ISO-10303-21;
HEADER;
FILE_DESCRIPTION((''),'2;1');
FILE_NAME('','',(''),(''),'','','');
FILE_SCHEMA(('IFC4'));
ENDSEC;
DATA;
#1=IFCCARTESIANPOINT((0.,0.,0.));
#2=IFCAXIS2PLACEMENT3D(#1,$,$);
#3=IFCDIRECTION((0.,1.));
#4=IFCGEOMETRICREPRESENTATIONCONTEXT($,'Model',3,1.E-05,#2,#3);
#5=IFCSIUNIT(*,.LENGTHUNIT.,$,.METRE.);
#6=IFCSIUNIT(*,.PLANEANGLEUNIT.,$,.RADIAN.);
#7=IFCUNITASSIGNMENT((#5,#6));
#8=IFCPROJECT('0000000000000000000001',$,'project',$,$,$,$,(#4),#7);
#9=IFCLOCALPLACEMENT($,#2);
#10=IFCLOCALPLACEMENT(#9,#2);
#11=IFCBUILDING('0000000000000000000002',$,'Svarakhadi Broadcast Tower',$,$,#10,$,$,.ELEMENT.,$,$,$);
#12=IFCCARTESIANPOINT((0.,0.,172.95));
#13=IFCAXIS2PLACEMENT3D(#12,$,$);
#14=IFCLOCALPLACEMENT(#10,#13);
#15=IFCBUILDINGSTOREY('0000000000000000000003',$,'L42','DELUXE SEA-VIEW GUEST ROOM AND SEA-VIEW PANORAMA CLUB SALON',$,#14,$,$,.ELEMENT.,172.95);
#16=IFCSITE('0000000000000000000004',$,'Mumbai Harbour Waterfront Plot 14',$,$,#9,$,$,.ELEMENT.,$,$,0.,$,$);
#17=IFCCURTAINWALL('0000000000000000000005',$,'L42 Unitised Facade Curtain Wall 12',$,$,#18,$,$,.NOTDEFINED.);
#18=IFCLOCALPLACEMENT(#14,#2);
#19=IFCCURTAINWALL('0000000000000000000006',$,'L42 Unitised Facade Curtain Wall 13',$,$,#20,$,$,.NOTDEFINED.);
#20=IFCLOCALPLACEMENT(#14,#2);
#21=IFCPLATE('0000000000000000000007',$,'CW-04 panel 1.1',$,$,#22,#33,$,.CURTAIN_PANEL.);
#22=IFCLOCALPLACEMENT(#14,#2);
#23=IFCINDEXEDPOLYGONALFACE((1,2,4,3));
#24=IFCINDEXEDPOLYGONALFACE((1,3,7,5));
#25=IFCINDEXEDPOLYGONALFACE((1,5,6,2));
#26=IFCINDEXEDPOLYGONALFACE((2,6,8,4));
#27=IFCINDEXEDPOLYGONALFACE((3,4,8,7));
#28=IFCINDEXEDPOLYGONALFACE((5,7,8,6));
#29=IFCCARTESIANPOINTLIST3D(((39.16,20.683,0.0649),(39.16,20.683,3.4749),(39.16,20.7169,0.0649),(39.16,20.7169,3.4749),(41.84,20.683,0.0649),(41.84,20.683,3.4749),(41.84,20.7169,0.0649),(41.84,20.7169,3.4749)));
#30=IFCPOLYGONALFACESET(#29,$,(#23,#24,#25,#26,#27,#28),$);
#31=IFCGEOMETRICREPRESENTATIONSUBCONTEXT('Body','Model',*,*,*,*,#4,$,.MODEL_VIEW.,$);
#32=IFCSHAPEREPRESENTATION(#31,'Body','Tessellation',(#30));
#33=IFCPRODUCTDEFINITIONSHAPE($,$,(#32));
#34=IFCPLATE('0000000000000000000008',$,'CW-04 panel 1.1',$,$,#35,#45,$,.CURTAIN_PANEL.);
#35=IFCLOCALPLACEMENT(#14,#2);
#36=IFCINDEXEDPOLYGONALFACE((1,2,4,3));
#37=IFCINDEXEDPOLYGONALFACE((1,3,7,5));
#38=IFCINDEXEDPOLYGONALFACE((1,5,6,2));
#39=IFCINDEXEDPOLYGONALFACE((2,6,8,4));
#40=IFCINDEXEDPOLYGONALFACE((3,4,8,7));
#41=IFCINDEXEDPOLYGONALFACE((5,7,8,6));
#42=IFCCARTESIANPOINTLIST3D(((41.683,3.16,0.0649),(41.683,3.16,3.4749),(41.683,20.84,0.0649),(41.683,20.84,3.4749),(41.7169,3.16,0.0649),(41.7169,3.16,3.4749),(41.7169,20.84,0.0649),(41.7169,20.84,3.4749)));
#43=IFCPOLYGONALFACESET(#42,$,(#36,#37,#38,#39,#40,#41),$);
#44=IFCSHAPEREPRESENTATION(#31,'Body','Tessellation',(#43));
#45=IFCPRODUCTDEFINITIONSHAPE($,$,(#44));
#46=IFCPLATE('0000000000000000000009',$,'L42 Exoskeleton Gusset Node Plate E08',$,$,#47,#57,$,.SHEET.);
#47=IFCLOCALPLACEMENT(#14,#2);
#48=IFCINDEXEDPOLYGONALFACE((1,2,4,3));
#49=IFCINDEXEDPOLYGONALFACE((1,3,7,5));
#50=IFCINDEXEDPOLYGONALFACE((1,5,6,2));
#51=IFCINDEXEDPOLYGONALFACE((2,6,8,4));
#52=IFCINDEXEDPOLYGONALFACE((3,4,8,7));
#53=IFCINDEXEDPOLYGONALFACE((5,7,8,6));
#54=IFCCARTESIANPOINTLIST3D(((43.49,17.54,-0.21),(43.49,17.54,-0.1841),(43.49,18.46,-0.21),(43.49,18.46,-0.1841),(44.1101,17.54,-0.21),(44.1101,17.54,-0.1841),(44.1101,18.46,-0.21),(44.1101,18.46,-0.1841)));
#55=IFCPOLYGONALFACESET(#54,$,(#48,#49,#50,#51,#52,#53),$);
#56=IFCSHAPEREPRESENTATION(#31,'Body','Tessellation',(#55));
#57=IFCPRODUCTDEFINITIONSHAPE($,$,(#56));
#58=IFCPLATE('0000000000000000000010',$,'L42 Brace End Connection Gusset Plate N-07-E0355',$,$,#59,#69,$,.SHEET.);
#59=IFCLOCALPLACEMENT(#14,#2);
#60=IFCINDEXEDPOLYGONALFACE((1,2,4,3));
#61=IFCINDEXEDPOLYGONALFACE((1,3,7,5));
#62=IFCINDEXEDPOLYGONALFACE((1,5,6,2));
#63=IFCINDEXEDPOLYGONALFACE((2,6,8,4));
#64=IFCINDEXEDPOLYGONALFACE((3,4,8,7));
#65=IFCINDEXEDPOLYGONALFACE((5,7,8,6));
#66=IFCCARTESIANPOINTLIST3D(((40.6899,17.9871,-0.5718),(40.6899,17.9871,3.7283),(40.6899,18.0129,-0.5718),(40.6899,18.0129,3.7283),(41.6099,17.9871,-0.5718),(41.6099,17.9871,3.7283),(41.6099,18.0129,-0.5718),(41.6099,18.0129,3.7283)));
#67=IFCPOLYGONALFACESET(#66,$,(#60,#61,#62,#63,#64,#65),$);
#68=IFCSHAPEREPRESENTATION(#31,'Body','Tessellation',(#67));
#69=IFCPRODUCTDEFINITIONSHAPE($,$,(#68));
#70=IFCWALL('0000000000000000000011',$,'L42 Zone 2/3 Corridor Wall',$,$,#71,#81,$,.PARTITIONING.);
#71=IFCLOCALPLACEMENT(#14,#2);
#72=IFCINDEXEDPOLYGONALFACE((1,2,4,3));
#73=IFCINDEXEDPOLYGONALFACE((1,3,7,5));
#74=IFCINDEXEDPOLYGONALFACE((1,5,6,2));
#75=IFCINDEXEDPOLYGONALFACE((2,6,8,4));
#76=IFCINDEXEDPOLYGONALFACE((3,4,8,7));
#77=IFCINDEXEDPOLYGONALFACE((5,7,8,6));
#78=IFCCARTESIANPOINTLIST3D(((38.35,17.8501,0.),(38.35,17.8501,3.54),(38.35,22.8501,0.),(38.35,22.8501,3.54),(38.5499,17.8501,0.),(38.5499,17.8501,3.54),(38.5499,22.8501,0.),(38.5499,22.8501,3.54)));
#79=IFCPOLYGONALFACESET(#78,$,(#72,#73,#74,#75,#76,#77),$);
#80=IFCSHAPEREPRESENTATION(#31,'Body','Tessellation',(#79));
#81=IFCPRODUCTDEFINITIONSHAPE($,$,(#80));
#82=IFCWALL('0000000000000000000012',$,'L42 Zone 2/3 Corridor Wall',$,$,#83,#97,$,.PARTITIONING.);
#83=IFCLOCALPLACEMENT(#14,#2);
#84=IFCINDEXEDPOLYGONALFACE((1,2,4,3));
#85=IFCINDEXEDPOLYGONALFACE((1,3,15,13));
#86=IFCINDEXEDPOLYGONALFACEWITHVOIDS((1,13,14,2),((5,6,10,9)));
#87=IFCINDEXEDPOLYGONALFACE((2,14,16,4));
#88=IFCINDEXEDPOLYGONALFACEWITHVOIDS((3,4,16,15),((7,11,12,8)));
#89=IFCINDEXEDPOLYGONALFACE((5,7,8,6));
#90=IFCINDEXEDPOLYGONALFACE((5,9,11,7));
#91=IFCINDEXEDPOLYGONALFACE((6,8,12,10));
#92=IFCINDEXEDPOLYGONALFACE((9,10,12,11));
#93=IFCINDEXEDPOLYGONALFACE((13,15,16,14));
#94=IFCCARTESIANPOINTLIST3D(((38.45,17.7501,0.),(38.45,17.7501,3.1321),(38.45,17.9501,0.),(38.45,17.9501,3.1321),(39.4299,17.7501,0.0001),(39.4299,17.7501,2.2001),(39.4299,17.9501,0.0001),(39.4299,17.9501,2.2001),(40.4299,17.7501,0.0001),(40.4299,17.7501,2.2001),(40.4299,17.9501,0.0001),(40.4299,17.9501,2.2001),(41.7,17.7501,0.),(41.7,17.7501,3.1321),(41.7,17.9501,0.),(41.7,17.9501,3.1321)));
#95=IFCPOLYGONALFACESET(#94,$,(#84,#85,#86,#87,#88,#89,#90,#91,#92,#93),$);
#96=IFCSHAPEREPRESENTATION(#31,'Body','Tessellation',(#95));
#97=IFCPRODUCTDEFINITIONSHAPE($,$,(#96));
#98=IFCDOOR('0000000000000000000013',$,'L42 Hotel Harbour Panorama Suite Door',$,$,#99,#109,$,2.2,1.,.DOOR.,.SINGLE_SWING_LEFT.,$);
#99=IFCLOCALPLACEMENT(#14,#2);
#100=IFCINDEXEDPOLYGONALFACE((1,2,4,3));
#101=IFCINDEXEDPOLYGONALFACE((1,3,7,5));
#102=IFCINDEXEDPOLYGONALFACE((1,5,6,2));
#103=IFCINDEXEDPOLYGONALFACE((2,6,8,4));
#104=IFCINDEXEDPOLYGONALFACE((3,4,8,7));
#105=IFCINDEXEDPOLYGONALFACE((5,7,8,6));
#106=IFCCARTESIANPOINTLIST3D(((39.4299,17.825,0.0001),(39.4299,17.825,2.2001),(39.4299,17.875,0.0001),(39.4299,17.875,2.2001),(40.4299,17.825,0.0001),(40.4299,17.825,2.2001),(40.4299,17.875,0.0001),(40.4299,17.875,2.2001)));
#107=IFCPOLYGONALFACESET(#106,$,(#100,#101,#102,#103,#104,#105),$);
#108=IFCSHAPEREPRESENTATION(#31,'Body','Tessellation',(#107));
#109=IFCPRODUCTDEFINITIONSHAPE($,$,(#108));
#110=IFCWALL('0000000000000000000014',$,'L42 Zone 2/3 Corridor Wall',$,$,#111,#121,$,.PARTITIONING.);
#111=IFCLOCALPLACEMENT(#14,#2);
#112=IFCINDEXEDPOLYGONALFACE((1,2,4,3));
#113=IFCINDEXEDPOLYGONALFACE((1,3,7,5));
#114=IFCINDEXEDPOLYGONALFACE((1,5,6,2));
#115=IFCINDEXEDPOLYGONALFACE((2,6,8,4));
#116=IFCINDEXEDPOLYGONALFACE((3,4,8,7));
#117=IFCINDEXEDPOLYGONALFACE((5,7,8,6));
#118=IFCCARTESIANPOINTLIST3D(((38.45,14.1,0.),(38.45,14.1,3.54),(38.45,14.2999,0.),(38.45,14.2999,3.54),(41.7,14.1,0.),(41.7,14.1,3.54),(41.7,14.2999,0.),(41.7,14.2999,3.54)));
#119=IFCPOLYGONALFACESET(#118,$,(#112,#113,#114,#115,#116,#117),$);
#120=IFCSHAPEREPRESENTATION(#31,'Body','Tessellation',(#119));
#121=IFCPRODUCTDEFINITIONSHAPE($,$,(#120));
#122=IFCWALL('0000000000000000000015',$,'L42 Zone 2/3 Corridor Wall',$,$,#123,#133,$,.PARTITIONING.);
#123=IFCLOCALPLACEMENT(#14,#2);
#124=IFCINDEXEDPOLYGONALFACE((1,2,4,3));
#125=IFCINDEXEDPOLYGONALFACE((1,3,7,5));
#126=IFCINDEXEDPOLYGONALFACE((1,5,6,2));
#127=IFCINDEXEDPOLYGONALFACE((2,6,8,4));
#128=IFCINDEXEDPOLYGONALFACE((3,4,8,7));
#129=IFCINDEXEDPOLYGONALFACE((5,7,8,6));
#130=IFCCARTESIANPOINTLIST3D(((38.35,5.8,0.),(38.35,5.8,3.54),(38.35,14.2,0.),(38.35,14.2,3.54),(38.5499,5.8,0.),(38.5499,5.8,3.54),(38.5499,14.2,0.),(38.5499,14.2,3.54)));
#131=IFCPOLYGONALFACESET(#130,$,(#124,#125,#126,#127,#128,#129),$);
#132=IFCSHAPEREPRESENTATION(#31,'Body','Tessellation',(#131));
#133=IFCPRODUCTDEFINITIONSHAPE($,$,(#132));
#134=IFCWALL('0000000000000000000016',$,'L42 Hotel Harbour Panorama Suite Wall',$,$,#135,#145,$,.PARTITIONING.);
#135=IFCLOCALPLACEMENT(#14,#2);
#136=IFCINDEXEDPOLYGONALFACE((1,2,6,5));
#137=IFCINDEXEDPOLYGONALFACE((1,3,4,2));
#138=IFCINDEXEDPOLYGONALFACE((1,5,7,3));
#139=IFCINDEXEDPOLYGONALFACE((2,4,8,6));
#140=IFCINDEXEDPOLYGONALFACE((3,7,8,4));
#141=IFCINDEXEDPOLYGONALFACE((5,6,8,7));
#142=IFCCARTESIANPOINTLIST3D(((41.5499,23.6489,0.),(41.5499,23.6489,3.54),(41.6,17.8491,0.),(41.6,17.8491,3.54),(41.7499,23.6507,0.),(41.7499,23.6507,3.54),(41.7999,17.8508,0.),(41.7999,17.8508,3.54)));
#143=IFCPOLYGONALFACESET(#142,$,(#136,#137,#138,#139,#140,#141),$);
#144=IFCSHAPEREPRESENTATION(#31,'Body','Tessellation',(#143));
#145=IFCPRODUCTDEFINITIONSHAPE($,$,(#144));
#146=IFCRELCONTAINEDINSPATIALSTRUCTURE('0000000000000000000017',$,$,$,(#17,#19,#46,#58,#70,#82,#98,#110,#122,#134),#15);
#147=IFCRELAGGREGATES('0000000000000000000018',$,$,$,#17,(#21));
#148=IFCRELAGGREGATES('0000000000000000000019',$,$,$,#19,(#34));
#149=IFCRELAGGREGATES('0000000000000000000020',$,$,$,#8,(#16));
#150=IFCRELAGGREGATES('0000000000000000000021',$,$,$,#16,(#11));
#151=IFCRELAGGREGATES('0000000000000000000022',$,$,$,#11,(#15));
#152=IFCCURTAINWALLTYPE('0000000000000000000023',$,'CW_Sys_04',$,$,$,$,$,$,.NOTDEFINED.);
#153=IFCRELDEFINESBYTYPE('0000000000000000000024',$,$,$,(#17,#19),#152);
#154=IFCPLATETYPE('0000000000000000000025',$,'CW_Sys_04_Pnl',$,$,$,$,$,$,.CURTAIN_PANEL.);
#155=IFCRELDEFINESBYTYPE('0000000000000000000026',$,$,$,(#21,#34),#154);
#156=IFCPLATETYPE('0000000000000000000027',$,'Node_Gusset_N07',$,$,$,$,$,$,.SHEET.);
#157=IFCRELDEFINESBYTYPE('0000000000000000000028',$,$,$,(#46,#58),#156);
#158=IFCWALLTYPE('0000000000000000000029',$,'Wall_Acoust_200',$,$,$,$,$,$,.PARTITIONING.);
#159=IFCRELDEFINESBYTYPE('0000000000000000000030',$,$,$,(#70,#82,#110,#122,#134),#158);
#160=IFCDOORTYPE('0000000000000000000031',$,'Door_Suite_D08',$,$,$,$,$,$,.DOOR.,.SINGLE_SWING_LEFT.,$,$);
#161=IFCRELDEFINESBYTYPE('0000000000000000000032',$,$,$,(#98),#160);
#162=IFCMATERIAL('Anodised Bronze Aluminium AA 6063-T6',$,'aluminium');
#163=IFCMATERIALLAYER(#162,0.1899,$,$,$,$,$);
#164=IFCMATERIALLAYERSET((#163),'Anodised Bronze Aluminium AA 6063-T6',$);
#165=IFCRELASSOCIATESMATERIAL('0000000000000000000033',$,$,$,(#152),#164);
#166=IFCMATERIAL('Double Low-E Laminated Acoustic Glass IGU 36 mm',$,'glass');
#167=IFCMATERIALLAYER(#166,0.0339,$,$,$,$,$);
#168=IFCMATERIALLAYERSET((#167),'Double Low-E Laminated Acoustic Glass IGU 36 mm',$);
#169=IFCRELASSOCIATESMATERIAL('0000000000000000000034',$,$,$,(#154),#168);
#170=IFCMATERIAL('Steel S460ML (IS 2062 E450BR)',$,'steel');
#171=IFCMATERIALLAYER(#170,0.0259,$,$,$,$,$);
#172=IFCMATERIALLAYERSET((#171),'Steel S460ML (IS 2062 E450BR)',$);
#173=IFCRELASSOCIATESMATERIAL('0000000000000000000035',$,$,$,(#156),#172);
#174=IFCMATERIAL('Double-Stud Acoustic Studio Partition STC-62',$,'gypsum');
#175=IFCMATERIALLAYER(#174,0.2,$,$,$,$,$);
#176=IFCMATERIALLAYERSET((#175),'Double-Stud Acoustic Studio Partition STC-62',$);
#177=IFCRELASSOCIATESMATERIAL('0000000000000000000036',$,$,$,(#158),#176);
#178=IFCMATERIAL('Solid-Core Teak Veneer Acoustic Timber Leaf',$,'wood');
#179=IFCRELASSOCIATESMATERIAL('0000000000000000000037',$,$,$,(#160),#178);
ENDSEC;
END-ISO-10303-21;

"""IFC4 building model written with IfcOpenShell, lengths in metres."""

from ifc_helpers import new_model, si_unit, direction, frame, frame_2d, origin, origin_2d, place, context, subcontext, project, spatial, rectangle, extrude, material, layer, layer_set, type_object, element, fill, aggregate, save


model = new_model("IFC4")

# Units and contexts
model_context = context("Model", 3, precision=1e-05, world=origin(), true_north=direction((0.0, 1.0)))
body_context = subcontext(model_context, "Body", "Model", "MODEL_VIEW")
ifc_project = project(units=[si_unit("LENGTHUNIT", "METRE"), si_unit("PLANEANGLEUNIT", "RADIAN")], contexts=[model_context])

# Site, building, storey
site_placement = place(None, origin())
site = spatial("IfcSite", under=ifc_project, at=site_placement, Name="Mumbai Harbour Waterfront Plot 14", CompositionType="ELEMENT", RefElevation=0.0)
building_placement = place(site_placement, origin())
building = spatial("IfcBuilding", under=site, at=building_placement, Name="Svarakhadi Broadcast Tower", CompositionType="ELEMENT")
storey_placement = place(building_placement, frame((0.0, 0.0, 172.95)))
storey = spatial("IfcBuildingStorey", under=building, at=storey_placement, Name="L42", Description="DELUXE SEA-VIEW GUEST ROOM AND SEA-VIEW PANORAMA CLUB SALON", CompositionType="ELEMENT", Elevation=172.95)

# Shared definitions
ifc_material_1 = material(Name="Steel S460ML (IS 2062 E450BR)", Category="steel")

# Shared definitions
ifc_material_2 = material(Name="Anodised Bronze Aluminium AA 6063-T6", Category="aluminium")
ifc_layer_1 = layer(ifc_material_2, 0.1899)
ifc_layer_set_1 = layer_set([ifc_layer_1], Name="Anodised Bronze Aluminium AA 6063-T6")
curtain_wall_type = type_object("IfcCurtainWallType", Name="CW_Sys_04", PredefinedType="NOTDEFINED", material=ifc_layer_set_1)

# Curtain wall
curtain_wall_1_placement = place(storey_placement, origin())
curtain_wall_1 = element("IfcCurtainWall", 1, at=curtain_wall_1_placement, inside=storey, type_object=curtain_wall_type, Name="L42 Unitised Facade Curtain Wall 12", PredefinedType="NOTDEFINED")

# Curtain wall
curtain_wall_2_placement = place(storey_placement, origin())
curtain_wall_2 = element("IfcCurtainWall", 2, at=curtain_wall_2_placement, inside=storey, type_object=curtain_wall_type, Name="L42 Unitised Facade Curtain Wall 13", PredefinedType="NOTDEFINED")

# Plates
ifc_material_3 = material(Name="Double Low-E Laminated Acoustic Glass IGU 36 mm", Category="glass")
ifc_layer_2 = layer(ifc_material_3, 0.0339)
ifc_layer_set_2 = layer_set([ifc_layer_2], Name="Double Low-E Laminated Acoustic Glass IGU 36 mm")
plate_type_1 = type_object("IfcPlateType", Name="CW_Sys_04_Pnl", PredefinedType="CURTAIN_PANEL", material=ifc_layer_set_2)
plate_1_placement = place(storey_placement, frame((40.5, 20.7, 0.0649), z_axis=(0.0, 0.0, 1.0), x_axis=(1.0, 0.0, 0.0)))
plate_1 = element("IfcPlate", 3, at=plate_1_placement, type_object=plate_type_1, Name="CW-04 panel 1.1", PredefinedType="CURTAIN_PANEL", context=body_context, shape_type="SweptSolid", body=[
    extrude(rectangle(XDim=2.6799, YDim=0.0339, at=origin_2d()), origin(), (0.0, 0.0, 1.0), 3.4099),
])
aggregate(curtain_wall_1, [plate_1])
plate_2_placement = place(storey_placement, frame((41.7, 12.0, 0.0649), z_axis=(0.0, 0.0, 1.0), x_axis=(0.0, -1.0, 0.0)))
plate_2 = element("IfcPlate", 4, at=plate_2_placement, type_object=plate_type_1, Name="CW-04 panel 1.1", PredefinedType="CURTAIN_PANEL", context=body_context, shape_type="SweptSolid", body=[
    extrude(rectangle(XDim=17.6799, YDim=0.0339, at=origin_2d()), origin(), (0.0, 0.0, 1.0), 3.4099),
])
aggregate(curtain_wall_2, [plate_2])

# Plates
ifc_layer_3 = layer(ifc_material_1, 0.0259)
ifc_layer_set_3 = layer_set([ifc_layer_3], Name="Steel S460ML (IS 2062 E450BR)")
plate_type_2 = type_object("IfcPlateType", Name="Node_Gusset_N07", PredefinedType="SHEET", material=ifc_layer_set_3)
plate_3_placement = place(storey_placement, frame((43.8, 18.0, -0.21), z_axis=(0.0, 0.0, 1.0), x_axis=(0.0, 1.0, 0.0)))
element("IfcPlate", 5, at=plate_3_placement, inside=storey, type_object=plate_type_2, Name="L42 Exoskeleton Gusset Node Plate E08", PredefinedType="SHEET", context=body_context, shape_type="SweptSolid", body=[
    extrude(rectangle(XDim=0.9199, YDim=0.6201, at=origin_2d()), origin(), (0.0, 0.0, 1.0), 0.0259),
])
plate_4_placement = place(storey_placement, frame((41.1499, 18.0, -0.5718), z_axis=(0.0, 0.0, 1.0), x_axis=(1.0, 0.0, 0.0)))
element("IfcPlate", 6, at=plate_4_placement, inside=storey, type_object=plate_type_2, Name="L42 Brace End Connection Gusset Plate N-07-E0355", PredefinedType="SHEET", context=body_context, shape_type="SweptSolid", body=[
    extrude(rectangle(XDim=0.9199, YDim=0.0259, at=origin_2d()), origin(), (0.0, 0.0, 1.0), 4.3),
])

# Wall
ifc_material_4 = material(Name="Double-Stud Acoustic Studio Partition STC-62", Category="gypsum")
ifc_layer_4 = layer(ifc_material_4, 0.2)
ifc_layer_set_4 = layer_set([ifc_layer_4], Name="Double-Stud Acoustic Studio Partition STC-62")
wall_type = type_object("IfcWallType", Name="Wall_Acoust_200", PredefinedType="PARTITIONING", material=ifc_layer_set_4)
wall_1_placement = place(storey_placement, frame((38.45, 22.8501, 0.0), z_axis=(0.0, 0.0, 1.0), x_axis=(0.0, -1.0, 0.0)))
element("IfcWall", 7, at=wall_1_placement, inside=storey, type_object=wall_type, Name="L42 Zone 2/3 Corridor Wall", PredefinedType="PARTITIONING", context=body_context, shape_type="SweptSolid", body=[
    extrude(rectangle(XDim=5.0, YDim=0.2, at=frame_2d((2.5, 0.0))), origin(), (0.0, 0.0, 1.0), 3.54),
])

# Wall, opening, door
wall_2_placement = place(storey_placement, frame((38.45, 17.8501, 0.0), z_axis=(0.0, 0.0, 1.0), x_axis=(1.0, 0.0, 0.0)))
wall_2 = element("IfcWall", 8, at=wall_2_placement, inside=storey, type_object=wall_type, Name="L42 Zone 2/3 Corridor Wall", PredefinedType="PARTITIONING", context=body_context, shape_type="SweptSolid", body=[
    extrude(rectangle(XDim=3.25, YDim=0.2, at=frame_2d((1.625, 0.0))), origin(), (0.0, 0.0, 1.0), 3.1321),
])
opening_placement = place(wall_2_placement, frame((0.98, 0.0, 0.0)))
opening = element("IfcOpeningElement", 9, at=opening_placement, cuts=wall_2, PredefinedType="OPENING", context=body_context, shape_type="SweptSolid", body=[
    extrude(rectangle(XDim=1.0, YDim=2.2, at=frame_2d((0.5, 1.1001))), frame((0.0, 0.1099, 0.0), z_axis=(0.0, -1.0, 0.0), x_axis=(1.0, 0.0, 0.0)), (0.0, 0.0, 1.0), 0.22),
])
ifc_material_5 = material(Name="Solid-Core Teak Veneer Acoustic Timber Leaf", Category="wood")
door_type = type_object("IfcDoorType", Name="Door_Suite_D08", OperationType="SINGLE_SWING_LEFT", PredefinedType="DOOR", material=ifc_material_5)
door_placement = place(opening_placement, origin())
door = element("IfcDoor", 10, at=door_placement, inside=storey, type_object=door_type, Name="L42 Hotel Harbour Panorama Suite Door", OperationType="SINGLE_SWING_LEFT", OverallHeight=2.2, OverallWidth=1.0, PredefinedType="DOOR", context=body_context, shape_type="SweptSolid", body=[
    extrude(rectangle(XDim=1.0, YDim=2.2, at=frame_2d((0.5, 1.1001))), frame((0.0, 0.0249, 0.0), z_axis=(0.0, -1.0, 0.0), x_axis=(1.0, 0.0, 0.0)), (0.0, 0.0, 1.0), 0.05),
])
fill(opening, door)

# Walls
wall_3_placement = place(storey_placement, frame((41.7, 14.2, 0.0), z_axis=(0.0, 0.0, 1.0), x_axis=(-1.0, 0.0, 0.0)))
element("IfcWall", 11, at=wall_3_placement, inside=storey, type_object=wall_type, Name="L42 Zone 2/3 Corridor Wall", PredefinedType="PARTITIONING", context=body_context, shape_type="SweptSolid", body=[
    extrude(rectangle(XDim=3.25, YDim=0.2, at=frame_2d((1.625, 0.0))), origin(), (0.0, 0.0, 1.0), 3.54),
])
wall_4_placement = place(storey_placement, frame((38.45, 14.2, 0.0), z_axis=(0.0, 0.0, 1.0), x_axis=(0.0, -1.0, 0.0)))
element("IfcWall", 12, at=wall_4_placement, inside=storey, type_object=wall_type, Name="L42 Zone 2/3 Corridor Wall", PredefinedType="PARTITIONING", context=body_context, shape_type="SweptSolid", body=[
    extrude(rectangle(XDim=8.3999, YDim=0.2, at=frame_2d((4.2, 0.0))), origin(), (0.0, 0.0, 1.0), 3.54),
])
wall_5_placement = place(storey_placement, frame((41.7, 17.8501, 0.0), z_axis=(0.0, 0.0, 1.0), x_axis=(-0.008629, 0.999963, 0.0)))
element("IfcWall", 13, at=wall_5_placement, inside=storey, type_object=wall_type, Name="L42 Hotel Harbour Panorama Suite Wall", PredefinedType="PARTITIONING", context=body_context, shape_type="SweptSolid", body=[
    extrude(rectangle(XDim=5.8, YDim=0.2, at=frame_2d((2.8999, 0.0))), origin(), (0.0, 0.0, 1.0), 3.54),
])

save(model, "model.ifc")
